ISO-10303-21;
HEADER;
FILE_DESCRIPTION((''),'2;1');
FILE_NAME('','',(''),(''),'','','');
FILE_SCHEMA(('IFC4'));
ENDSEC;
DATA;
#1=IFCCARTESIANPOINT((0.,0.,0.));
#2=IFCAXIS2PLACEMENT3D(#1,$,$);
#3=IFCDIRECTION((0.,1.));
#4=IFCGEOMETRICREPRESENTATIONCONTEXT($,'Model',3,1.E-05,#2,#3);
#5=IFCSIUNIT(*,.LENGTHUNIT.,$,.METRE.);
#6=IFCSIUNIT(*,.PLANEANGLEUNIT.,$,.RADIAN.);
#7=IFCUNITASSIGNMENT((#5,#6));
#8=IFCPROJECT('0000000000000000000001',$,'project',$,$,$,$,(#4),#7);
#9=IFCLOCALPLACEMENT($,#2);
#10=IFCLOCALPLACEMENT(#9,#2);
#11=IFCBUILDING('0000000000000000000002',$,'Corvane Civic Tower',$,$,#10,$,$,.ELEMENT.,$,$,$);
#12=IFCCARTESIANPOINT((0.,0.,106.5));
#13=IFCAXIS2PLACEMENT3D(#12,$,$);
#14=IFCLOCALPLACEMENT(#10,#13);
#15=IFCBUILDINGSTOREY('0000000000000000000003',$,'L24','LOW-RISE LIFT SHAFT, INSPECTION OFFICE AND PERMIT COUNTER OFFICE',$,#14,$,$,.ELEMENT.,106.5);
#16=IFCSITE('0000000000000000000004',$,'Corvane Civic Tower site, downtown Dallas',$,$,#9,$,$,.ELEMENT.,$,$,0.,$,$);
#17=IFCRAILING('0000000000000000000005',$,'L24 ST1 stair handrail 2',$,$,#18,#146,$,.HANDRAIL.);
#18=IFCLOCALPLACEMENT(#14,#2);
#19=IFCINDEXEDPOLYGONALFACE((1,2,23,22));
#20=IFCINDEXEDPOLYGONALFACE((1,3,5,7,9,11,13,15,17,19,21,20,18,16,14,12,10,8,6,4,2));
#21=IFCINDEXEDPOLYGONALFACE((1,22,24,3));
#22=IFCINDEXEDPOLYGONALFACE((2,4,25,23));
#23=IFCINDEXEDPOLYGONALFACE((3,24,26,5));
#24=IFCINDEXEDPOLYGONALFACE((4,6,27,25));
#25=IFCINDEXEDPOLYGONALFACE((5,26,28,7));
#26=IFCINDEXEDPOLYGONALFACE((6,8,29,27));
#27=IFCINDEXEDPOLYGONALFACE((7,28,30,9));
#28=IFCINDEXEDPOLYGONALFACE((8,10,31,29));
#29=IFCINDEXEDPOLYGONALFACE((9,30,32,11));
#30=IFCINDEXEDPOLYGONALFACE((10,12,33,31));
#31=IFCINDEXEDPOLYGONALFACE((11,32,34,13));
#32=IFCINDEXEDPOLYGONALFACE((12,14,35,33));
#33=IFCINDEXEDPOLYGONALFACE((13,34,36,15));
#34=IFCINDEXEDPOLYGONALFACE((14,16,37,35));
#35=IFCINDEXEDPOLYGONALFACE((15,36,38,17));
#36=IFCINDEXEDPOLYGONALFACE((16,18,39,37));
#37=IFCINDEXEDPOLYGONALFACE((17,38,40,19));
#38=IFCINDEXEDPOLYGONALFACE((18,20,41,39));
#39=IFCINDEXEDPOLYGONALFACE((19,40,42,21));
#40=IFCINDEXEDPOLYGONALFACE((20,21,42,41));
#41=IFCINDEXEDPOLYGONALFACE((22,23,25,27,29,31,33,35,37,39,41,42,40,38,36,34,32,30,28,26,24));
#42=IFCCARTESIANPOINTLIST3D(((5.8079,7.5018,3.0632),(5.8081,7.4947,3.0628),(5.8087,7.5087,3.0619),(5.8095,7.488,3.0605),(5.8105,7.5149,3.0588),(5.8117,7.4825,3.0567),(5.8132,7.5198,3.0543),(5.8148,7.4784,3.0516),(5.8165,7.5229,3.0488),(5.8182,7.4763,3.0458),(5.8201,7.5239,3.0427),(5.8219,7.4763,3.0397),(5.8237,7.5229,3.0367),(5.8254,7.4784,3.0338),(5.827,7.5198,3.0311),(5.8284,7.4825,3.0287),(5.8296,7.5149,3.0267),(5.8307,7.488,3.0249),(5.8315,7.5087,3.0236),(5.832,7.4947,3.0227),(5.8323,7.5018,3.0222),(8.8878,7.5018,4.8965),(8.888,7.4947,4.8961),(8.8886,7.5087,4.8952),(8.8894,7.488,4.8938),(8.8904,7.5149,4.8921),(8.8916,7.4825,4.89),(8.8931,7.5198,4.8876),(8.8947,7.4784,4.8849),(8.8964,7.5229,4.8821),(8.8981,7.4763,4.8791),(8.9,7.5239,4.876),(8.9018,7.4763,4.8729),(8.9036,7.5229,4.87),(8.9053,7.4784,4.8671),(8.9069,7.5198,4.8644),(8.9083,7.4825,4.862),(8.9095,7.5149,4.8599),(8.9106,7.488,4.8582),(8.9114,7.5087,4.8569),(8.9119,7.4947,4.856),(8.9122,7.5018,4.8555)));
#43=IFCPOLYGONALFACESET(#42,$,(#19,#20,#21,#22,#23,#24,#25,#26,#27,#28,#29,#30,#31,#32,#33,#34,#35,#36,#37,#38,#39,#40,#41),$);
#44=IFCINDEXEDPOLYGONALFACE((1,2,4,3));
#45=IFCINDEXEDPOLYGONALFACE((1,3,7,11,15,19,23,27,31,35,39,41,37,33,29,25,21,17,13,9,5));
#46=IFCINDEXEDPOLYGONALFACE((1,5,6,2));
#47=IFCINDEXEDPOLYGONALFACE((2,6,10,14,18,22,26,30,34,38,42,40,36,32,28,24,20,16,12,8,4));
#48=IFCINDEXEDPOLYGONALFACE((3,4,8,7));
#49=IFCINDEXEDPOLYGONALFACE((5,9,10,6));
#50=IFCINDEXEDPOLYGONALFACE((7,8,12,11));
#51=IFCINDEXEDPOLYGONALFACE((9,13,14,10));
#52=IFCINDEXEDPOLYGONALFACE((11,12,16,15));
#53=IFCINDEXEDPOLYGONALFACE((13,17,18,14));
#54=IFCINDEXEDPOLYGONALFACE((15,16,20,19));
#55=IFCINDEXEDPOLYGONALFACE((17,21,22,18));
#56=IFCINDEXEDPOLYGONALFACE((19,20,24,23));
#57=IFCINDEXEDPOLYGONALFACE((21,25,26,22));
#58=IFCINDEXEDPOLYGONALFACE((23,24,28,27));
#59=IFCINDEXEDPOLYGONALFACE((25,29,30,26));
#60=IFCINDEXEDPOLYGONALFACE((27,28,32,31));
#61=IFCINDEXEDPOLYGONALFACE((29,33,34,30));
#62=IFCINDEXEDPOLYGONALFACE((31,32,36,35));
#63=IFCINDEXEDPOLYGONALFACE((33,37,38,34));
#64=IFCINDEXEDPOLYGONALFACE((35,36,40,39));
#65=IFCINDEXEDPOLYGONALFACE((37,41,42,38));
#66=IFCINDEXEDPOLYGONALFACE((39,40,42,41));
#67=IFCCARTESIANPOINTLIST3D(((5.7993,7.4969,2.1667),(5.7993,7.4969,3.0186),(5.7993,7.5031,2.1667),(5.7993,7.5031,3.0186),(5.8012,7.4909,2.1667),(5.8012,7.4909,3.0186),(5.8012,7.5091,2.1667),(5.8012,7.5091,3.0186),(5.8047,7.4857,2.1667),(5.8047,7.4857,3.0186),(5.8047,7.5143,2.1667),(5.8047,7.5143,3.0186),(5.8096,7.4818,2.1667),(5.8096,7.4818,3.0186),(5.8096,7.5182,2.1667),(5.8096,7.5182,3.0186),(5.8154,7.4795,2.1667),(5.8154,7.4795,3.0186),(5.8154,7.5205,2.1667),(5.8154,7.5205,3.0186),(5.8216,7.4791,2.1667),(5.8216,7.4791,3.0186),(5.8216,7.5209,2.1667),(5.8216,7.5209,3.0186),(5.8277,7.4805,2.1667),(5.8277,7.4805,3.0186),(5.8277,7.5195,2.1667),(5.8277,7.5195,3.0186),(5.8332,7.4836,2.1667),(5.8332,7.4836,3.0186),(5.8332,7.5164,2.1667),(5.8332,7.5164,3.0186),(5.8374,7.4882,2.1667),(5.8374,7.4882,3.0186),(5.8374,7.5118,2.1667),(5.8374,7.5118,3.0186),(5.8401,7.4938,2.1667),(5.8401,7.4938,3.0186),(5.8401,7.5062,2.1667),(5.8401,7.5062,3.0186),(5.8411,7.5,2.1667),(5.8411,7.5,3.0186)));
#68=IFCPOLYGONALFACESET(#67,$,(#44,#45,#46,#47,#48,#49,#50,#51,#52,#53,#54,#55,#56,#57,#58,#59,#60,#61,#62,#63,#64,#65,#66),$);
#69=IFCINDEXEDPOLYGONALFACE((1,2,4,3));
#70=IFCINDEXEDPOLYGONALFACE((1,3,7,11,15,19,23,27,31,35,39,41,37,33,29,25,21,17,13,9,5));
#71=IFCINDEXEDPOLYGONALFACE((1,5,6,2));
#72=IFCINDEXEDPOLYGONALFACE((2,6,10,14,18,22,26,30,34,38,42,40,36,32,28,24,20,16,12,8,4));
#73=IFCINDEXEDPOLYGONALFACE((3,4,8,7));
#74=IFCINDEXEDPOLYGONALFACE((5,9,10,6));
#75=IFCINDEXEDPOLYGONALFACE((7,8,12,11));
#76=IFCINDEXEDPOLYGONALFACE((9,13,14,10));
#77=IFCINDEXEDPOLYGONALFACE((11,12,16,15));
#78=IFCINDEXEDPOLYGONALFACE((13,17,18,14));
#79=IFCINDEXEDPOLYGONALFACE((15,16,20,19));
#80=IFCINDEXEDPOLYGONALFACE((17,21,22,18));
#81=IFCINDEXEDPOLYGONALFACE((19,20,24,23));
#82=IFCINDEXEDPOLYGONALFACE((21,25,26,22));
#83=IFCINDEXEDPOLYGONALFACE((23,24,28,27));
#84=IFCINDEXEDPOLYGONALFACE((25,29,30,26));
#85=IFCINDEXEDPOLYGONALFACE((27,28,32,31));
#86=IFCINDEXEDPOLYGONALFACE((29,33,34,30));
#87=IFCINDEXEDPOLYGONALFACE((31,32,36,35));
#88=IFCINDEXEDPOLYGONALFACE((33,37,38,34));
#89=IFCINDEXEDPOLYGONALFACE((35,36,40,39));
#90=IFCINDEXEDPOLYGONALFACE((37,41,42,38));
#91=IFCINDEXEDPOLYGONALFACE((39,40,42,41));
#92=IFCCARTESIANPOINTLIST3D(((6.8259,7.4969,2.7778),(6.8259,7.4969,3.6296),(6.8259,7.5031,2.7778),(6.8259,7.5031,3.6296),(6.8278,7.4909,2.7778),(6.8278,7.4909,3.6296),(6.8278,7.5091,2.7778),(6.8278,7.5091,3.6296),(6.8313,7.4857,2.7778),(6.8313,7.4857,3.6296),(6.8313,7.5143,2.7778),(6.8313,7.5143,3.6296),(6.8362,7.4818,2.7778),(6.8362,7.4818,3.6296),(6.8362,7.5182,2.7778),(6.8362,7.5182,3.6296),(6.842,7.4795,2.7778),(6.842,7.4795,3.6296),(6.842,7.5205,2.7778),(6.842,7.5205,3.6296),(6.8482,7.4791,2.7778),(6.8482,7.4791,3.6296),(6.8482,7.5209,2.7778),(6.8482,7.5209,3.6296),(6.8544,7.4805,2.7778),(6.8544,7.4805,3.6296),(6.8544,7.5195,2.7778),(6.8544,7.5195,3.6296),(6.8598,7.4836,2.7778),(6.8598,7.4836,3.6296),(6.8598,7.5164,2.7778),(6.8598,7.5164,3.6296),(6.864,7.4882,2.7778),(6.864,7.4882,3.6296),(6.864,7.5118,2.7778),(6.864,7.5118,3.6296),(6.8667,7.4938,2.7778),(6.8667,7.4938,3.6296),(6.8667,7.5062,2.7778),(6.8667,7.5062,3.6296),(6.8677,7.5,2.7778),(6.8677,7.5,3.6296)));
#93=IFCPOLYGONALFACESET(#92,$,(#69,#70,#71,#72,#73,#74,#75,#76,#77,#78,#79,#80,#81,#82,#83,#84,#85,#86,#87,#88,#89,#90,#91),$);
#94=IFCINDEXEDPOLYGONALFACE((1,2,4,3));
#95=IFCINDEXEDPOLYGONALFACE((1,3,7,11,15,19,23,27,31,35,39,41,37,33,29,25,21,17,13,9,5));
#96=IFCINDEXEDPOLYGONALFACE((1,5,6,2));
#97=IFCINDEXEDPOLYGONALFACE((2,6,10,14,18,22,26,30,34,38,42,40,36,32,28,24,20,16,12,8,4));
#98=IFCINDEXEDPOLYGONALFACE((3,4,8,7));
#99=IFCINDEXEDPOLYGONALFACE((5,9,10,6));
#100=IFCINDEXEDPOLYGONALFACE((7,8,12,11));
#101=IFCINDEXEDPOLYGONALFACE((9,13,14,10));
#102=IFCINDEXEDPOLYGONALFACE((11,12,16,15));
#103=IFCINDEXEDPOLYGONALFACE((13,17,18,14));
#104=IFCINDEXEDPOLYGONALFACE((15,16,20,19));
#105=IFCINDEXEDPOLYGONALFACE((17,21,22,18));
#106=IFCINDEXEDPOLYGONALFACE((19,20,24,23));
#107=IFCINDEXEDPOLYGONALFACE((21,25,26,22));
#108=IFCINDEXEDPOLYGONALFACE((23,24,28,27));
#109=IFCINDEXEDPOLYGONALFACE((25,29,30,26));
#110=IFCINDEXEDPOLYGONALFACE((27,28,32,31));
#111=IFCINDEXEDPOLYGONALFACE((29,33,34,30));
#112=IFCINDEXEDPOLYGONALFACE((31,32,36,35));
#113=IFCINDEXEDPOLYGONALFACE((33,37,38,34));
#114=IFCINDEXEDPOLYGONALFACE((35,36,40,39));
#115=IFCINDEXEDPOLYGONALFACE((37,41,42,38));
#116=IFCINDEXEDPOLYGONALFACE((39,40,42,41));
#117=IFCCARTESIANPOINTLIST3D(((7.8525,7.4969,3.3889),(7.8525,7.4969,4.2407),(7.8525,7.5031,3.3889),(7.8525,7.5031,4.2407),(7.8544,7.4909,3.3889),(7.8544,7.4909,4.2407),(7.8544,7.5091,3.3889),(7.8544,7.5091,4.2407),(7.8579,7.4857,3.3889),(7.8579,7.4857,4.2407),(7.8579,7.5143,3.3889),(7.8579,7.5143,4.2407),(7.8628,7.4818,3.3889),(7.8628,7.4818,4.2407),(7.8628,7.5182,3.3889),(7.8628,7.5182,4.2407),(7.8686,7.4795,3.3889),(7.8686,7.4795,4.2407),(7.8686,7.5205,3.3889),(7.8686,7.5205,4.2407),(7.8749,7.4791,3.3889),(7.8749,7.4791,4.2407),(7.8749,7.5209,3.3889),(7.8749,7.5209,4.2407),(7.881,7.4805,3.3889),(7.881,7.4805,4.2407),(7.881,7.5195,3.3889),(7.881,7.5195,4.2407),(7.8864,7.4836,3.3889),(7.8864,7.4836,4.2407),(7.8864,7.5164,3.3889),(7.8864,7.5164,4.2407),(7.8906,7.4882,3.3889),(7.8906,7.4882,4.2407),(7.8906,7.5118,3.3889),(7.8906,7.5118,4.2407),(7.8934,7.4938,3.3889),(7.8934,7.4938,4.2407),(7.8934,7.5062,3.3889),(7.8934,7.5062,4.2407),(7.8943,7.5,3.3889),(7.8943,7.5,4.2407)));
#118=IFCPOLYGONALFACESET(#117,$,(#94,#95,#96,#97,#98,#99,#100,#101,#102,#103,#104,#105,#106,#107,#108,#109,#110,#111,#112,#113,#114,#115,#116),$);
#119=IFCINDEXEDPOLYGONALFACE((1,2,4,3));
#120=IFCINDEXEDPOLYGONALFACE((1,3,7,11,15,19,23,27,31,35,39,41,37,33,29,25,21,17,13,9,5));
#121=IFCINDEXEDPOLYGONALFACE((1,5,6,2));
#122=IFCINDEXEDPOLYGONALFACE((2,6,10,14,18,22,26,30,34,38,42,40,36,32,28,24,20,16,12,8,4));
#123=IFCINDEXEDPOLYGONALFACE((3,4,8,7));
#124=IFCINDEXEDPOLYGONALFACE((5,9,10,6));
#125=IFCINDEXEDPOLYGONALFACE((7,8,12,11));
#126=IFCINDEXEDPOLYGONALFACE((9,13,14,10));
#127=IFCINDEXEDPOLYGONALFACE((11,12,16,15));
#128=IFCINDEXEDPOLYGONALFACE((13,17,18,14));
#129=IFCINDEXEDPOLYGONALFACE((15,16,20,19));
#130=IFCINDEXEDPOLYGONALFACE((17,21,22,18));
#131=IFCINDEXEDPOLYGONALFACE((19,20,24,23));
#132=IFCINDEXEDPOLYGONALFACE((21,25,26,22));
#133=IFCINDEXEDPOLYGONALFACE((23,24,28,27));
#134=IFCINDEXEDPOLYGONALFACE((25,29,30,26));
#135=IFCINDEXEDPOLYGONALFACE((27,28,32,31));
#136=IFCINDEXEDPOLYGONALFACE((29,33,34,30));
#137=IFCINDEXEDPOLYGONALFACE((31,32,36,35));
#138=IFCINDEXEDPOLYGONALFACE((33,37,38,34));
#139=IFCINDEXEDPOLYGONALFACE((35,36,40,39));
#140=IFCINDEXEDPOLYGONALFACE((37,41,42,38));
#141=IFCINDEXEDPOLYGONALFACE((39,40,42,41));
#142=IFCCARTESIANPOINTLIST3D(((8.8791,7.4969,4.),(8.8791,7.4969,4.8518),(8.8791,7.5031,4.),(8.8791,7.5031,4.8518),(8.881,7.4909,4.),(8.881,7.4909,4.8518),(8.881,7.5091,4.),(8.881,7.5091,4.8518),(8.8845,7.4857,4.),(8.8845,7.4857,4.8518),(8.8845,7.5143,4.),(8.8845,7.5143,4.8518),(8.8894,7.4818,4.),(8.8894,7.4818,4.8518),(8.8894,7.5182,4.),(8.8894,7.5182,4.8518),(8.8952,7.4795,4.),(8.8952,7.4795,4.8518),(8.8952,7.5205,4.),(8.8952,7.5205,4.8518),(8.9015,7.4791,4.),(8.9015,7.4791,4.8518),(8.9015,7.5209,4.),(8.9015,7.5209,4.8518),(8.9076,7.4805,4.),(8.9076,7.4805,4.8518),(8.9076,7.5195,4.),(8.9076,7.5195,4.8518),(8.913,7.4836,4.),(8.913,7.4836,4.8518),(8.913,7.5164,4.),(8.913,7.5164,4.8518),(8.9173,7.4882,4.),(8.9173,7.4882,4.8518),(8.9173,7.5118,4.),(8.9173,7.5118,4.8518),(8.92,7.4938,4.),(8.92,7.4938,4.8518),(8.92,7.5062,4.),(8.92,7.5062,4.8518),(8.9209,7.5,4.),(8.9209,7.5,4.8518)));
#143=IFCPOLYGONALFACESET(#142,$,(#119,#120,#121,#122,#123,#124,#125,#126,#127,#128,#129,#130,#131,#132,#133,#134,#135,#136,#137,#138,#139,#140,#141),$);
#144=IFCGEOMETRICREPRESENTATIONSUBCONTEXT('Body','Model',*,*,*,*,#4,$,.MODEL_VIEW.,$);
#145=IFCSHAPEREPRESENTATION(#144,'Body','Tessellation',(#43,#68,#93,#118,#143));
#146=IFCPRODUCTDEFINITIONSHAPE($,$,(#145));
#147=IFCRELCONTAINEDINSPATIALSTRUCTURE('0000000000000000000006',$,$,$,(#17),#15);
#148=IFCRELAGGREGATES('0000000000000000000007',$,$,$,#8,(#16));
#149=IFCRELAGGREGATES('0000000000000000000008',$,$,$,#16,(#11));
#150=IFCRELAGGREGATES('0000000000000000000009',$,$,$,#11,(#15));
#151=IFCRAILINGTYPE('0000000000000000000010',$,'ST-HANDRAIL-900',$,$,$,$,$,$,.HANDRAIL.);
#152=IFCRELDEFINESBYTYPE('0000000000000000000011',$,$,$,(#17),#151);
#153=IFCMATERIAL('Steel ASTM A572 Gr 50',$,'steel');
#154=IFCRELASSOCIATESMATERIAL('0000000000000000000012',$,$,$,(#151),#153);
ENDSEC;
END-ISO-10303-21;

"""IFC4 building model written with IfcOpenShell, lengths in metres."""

from ifc_helpers import new_model, si_unit, direction, frame, origin, origin_2d, place, context, subcontext, project, spatial, circle, extrude, material, type_object, element, save


model = new_model("IFC4")

# Units and contexts
model_context = context("Model", 3, precision=1e-05, world=origin(), true_north=direction((0.0, 1.0)))
body_context = subcontext(model_context, "Body", "Model", "MODEL_VIEW")
ifc_project = project(units=[si_unit("LENGTHUNIT", "METRE"), si_unit("PLANEANGLEUNIT", "RADIAN")], contexts=[model_context])

# Site, building, storey
site_placement = place(None, origin())
site = spatial("IfcSite", under=ifc_project, at=site_placement, Name="Corvane Civic Tower site, downtown Dallas", CompositionType="ELEMENT", RefElevation=0.0)
building_placement = place(site_placement, origin())
building = spatial("IfcBuilding", under=site, at=building_placement, Name="Corvane Civic Tower", CompositionType="ELEMENT")
storey_placement = place(building_placement, frame((0.0, 0.0, 106.5)))
storey = spatial("IfcBuildingStorey", under=building, at=storey_placement, Name="L24", Description="LOW-RISE LIFT SHAFT, INSPECTION OFFICE AND PERMIT COUNTER OFFICE", CompositionType="ELEMENT", Elevation=106.5)

# Railing
ifc_material_1 = material(Name="Steel ASTM A572 Gr 50", Category="steel")
railing_type = type_object("IfcRailingType", Name="ST-HANDRAIL-900", PredefinedType="HANDRAIL", material=ifc_material_1)
railing_placement = place(storey_placement, frame((5.8201, 7.5, 2.1667)))
element("IfcRailing", 1, at=railing_placement, inside=storey, type_object=railing_type, Name="L24 ST1 stair handrail 2", PredefinedType="HANDRAIL", context=body_context, shape_type="SweptSolid", body=[
    extrude(circle(Radius=0.0239, at=origin_2d()), frame((0.0, 0.0, 0.876), z_axis=(0.859291, 0.0, 0.511487), x_axis=(0.0, 1.0, 0.0)), (0.0, 0.0, 1.0), 3.5842),
    extrude(circle(Radius=0.021, at=origin_2d()), origin(), (0.0, 0.0, 1.0), 0.8518),
    extrude(circle(Radius=0.021, at=origin_2d()), frame((1.0266, 0.0, 0.6111)), (0.0, 0.0, 1.0), 0.8518),
    extrude(circle(Radius=0.021, at=origin_2d()), frame((2.0532, 0.0, 1.2222)), (0.0, 0.0, 1.0), 0.8518),
    extrude(circle(Radius=0.021, at=origin_2d()), frame((3.0798, 0.0, 1.8333)), (0.0, 0.0, 1.0), 0.8518),
])

save(model, "model.ifc")
